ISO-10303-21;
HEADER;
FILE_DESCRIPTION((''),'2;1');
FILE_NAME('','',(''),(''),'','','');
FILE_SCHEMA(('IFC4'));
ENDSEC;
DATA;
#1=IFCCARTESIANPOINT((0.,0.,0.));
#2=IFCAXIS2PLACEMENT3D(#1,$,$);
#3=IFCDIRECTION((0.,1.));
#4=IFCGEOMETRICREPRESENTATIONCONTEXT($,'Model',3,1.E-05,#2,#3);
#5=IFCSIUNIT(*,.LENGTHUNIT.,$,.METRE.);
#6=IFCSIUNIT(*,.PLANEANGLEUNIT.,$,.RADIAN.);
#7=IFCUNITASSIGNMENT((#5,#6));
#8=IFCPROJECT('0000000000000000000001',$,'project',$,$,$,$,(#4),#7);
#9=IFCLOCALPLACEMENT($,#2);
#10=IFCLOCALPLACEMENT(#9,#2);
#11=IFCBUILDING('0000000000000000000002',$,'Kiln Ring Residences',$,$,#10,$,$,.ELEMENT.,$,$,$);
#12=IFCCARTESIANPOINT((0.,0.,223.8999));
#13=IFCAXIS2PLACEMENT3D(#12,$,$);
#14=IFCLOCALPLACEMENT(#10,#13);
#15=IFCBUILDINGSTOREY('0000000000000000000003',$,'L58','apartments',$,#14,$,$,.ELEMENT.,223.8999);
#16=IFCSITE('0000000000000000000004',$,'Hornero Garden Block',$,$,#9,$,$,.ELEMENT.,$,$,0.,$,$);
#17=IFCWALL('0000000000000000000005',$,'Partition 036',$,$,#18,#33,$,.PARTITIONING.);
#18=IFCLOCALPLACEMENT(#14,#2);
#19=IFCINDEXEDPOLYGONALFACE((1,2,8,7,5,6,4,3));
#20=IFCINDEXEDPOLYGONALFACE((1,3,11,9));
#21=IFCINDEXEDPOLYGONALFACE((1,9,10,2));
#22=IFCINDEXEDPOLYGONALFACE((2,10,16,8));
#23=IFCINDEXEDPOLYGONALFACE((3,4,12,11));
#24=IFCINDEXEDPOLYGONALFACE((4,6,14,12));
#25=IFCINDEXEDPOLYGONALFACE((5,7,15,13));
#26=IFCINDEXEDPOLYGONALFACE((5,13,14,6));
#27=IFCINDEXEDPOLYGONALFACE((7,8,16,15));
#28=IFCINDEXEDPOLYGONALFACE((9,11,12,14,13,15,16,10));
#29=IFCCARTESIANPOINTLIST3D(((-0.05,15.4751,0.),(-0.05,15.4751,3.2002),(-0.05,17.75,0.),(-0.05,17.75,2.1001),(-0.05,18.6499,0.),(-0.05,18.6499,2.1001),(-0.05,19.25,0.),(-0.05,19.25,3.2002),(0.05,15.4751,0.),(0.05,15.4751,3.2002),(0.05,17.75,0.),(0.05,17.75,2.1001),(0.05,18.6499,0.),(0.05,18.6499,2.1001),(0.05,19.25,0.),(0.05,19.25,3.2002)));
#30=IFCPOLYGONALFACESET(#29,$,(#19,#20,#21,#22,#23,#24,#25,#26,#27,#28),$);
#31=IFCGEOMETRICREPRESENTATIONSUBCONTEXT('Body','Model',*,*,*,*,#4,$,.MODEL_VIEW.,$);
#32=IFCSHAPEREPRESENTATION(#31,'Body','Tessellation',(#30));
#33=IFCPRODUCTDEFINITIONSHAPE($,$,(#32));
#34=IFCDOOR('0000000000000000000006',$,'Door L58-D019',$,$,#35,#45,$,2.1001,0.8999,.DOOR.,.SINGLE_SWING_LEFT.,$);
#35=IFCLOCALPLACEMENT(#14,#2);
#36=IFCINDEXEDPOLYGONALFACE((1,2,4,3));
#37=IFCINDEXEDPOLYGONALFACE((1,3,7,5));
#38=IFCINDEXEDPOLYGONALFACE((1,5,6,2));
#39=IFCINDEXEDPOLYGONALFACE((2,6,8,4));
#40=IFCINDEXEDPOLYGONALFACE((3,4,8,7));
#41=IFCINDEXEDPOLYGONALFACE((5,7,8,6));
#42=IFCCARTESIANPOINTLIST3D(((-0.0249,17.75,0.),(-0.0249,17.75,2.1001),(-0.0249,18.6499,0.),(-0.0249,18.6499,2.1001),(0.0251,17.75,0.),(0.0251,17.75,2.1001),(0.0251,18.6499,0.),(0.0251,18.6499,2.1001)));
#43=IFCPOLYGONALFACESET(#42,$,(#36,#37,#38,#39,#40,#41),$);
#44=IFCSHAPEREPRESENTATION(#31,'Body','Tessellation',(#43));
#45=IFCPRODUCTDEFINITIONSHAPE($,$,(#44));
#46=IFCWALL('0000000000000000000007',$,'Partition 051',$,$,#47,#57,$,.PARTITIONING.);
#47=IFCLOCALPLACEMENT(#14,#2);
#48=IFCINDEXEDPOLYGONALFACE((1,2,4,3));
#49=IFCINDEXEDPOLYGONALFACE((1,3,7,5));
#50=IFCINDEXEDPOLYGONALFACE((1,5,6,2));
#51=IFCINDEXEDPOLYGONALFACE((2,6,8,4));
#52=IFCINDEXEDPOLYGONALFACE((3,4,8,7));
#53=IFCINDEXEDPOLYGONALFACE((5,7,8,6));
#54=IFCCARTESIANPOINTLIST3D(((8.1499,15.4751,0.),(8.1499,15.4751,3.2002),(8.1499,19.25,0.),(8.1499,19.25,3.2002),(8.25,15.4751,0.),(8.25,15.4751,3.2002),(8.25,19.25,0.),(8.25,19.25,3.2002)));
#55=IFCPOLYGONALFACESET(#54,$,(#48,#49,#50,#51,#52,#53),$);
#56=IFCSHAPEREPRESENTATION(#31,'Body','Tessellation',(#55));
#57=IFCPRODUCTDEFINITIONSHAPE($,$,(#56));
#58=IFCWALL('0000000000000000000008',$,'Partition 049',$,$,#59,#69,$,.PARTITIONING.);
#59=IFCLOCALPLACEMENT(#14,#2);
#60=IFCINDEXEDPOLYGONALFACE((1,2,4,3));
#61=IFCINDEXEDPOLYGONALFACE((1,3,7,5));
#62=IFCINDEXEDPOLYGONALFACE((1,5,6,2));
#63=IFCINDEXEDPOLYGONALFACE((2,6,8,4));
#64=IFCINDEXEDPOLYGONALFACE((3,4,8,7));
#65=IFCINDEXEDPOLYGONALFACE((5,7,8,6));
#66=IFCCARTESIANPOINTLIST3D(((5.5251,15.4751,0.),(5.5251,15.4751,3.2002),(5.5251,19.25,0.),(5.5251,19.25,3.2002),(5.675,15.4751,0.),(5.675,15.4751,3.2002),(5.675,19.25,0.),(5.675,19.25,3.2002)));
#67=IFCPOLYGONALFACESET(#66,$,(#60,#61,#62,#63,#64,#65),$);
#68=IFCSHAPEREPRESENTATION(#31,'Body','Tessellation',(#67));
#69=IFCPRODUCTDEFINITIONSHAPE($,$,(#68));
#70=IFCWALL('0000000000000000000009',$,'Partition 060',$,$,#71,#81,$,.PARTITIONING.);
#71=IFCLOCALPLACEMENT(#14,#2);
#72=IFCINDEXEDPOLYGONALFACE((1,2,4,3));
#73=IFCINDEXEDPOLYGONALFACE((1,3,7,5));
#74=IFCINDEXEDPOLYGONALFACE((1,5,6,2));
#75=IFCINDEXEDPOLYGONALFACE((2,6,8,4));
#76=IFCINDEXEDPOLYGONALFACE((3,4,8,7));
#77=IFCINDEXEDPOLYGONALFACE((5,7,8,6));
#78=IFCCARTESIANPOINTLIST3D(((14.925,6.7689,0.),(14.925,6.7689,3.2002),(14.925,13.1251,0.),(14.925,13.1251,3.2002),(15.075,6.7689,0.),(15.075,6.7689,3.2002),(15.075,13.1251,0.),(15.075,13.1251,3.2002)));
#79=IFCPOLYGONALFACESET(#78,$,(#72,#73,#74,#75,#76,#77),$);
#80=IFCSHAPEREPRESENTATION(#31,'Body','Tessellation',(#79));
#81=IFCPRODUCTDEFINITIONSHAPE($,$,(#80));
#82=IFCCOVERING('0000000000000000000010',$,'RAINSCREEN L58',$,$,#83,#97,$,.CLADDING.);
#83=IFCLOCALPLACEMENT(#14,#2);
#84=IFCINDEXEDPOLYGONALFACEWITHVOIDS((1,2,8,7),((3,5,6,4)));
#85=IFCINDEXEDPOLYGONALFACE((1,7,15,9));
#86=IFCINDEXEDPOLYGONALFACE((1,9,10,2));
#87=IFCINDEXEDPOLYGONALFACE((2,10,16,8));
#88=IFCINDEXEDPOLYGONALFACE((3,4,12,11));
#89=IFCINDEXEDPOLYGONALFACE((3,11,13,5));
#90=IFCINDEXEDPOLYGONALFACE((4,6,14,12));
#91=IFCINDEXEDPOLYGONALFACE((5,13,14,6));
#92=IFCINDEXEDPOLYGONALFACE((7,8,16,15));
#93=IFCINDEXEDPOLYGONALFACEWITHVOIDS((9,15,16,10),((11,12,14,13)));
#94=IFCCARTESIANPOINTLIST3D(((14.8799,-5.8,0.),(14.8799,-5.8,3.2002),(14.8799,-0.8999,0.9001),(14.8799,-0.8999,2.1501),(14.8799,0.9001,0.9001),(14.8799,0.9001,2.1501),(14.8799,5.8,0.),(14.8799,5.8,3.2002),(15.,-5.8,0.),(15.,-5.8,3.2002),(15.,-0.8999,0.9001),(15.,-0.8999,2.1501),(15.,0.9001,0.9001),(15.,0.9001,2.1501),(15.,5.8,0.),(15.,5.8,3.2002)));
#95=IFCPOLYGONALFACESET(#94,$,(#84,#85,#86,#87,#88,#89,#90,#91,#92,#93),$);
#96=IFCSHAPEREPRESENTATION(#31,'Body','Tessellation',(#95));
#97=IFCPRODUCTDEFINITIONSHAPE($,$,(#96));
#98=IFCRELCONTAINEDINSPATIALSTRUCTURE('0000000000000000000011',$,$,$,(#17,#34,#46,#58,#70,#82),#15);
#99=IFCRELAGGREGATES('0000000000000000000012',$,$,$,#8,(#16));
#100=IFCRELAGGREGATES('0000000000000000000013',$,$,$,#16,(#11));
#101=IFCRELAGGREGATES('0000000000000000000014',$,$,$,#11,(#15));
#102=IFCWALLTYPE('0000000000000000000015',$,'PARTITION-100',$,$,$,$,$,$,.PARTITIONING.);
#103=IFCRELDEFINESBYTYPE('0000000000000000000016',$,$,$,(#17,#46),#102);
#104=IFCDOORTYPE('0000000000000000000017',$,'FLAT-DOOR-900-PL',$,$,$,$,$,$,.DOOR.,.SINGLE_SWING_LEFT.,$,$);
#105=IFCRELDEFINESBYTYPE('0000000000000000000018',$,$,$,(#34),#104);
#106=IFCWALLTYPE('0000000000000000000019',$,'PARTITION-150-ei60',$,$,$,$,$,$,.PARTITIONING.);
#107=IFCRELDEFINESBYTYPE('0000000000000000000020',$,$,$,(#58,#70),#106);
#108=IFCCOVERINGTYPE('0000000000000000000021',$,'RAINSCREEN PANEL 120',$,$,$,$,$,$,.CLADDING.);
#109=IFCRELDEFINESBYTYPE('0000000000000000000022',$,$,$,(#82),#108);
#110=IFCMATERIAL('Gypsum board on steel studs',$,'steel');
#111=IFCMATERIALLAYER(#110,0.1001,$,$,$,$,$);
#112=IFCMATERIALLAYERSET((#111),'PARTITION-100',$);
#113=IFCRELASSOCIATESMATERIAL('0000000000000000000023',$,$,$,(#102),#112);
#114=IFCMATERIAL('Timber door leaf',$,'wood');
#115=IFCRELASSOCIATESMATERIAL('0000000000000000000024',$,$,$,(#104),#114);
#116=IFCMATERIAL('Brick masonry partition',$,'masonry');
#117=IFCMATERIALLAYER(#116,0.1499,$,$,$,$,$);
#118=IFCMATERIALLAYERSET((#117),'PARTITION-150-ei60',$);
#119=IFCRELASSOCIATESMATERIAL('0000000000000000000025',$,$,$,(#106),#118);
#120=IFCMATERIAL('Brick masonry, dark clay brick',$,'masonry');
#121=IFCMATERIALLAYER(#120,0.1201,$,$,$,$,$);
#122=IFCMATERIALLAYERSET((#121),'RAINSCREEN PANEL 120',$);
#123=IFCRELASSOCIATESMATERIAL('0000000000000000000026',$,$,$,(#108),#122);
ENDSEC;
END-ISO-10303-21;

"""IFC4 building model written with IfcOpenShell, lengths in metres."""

from ifc_helpers import new_model, si_unit, direction, frame, frame_2d, origin, place, context, subcontext, project, spatial, polyline, rectangle, outline, extrude, material, layer, layer_set, type_object, element, fill, save


model = new_model("IFC4")

# Units and contexts
model_context = context("Model", 3, precision=1e-05, world=origin(), true_north=direction((0.0, 1.0)))
body_context = subcontext(model_context, "Body", "Model", "MODEL_VIEW")
ifc_project = project(units=[si_unit("LENGTHUNIT", "METRE"), si_unit("PLANEANGLEUNIT", "RADIAN")], contexts=[model_context])

# Site, building, storey
site_placement = place(None, origin())
site = spatial("IfcSite", under=ifc_project, at=site_placement, Name="Hornero Garden Block", CompositionType="ELEMENT", RefElevation=0.0)
building_placement = place(site_placement, origin())
building = spatial("IfcBuilding", under=site, at=building_placement, Name="Kiln Ring Residences", CompositionType="ELEMENT")
storey_placement = place(building_placement, frame((0.0, 0.0, 223.8999)))
storey = spatial("IfcBuildingStorey", under=building, at=storey_placement, Name="L58", Description="apartments", CompositionType="ELEMENT", Elevation=223.8999)

# Shared definitions
ifc_material_1 = material(Name="Gypsum board on steel studs", Category="steel")
ifc_layer_1 = layer(ifc_material_1, 0.1001)
ifc_layer_set_1 = layer_set([ifc_layer_1], Name="PARTITION-100")
wall_type_1 = type_object("IfcWallType", Name="PARTITION-100", PredefinedType="PARTITIONING", material=ifc_layer_set_1)

# Wall, opening, door
wall_1_placement = place(storey_placement, frame((0.0, 15.4751, 0.0), z_axis=(0.0, 0.0, 1.0), x_axis=(0.0, 1.0, 0.0)))
wall_1 = element("IfcWall", 1, at=wall_1_placement, inside=storey, type_object=wall_type_1, Name="Partition 036", PredefinedType="PARTITIONING", context=body_context, shape_type="SweptSolid", body=[
    extrude(rectangle(XDim=3.7749, YDim=0.1001, at=frame_2d((1.8875, 0.0))), origin(), (0.0, 0.0, 1.0), 3.2002),
])
opening_placement = place(wall_1_placement, frame((2.2749, 0.0, 0.0)))
opening = element("IfcOpeningElement", 2, at=opening_placement, cuts=wall_1, PredefinedType="OPENING", context=body_context, shape_type="SweptSolid", body=[
    extrude(rectangle(XDim=0.8999, YDim=2.1001, at=frame_2d((0.45, 1.05))), frame((0.0, 0.0601, 0.0), z_axis=(0.0, -1.0, 0.0), x_axis=(1.0, 0.0, 0.0)), (0.0, 0.0, 1.0), 0.1201),
])
ifc_material_2 = material(Name="Timber door leaf", Category="wood")
door_type = type_object("IfcDoorType", Name="FLAT-DOOR-900-PL", OperationType="SINGLE_SWING_LEFT", PredefinedType="DOOR", material=ifc_material_2)
door_placement = place(opening_placement, origin())
door = element("IfcDoor", 3, at=door_placement, inside=storey, type_object=door_type, Name="Door L58-D019", OperationType="SINGLE_SWING_LEFT", OverallHeight=2.1001, OverallWidth=0.8999, PredefinedType="DOOR", context=body_context, shape_type="SweptSolid", body=[
    extrude(rectangle(XDim=0.8999, YDim=2.1001, at=frame_2d((0.45, 1.05))), frame((0.0, 0.0249, 0.0), z_axis=(0.0, -1.0, 0.0), x_axis=(1.0, 0.0, 0.0)), (0.0, 0.0, 1.0), 0.05),
])
fill(opening, door)

# Walls
wall_2_placement = place(storey_placement, frame((8.2, 15.4751, 0.0), z_axis=(0.0, 0.0, 1.0), x_axis=(0.0, 1.0, 0.0)))
element("IfcWall", 4, at=wall_2_placement, inside=storey, type_object=wall_type_1, Name="Partition 051", PredefinedType="PARTITIONING", context=body_context, shape_type="SweptSolid", body=[
    extrude(rectangle(XDim=3.7749, YDim=0.1001, at=frame_2d((1.8875, 0.0))), origin(), (0.0, 0.0, 1.0), 3.2002),
])
ifc_material_3 = material(Name="Brick masonry partition", Category="masonry")
ifc_layer_2 = layer(ifc_material_3, 0.1499)
ifc_layer_set_2 = layer_set([ifc_layer_2], Name="PARTITION-150-ei60")
wall_type_2 = type_object("IfcWallType", Name="PARTITION-150-ei60", PredefinedType="PARTITIONING", material=ifc_layer_set_2)
wall_3_placement = place(storey_placement, frame((5.6001, 15.4751, 0.0), z_axis=(0.0, 0.0, 1.0), x_axis=(0.0, 1.0, 0.0)))
element("IfcWall", 5, at=wall_3_placement, inside=storey, type_object=wall_type_2, Name="Partition 049", PredefinedType="PARTITIONING", context=body_context, shape_type="SweptSolid", body=[
    extrude(rectangle(XDim=3.7749, YDim=0.1499, at=frame_2d((1.8875, 0.0))), origin(), (0.0, 0.0, 1.0), 3.2002),
])
wall_4_placement = place(storey_placement, frame((15.0, 6.7688, 0.0), z_axis=(0.0, 0.0, 1.0), x_axis=(0.0, 1.0, 0.0)))
element("IfcWall", 6, at=wall_4_placement, inside=storey, type_object=wall_type_2, Name="Partition 060", PredefinedType="PARTITIONING", context=body_context, shape_type="SweptSolid", body=[
    extrude(rectangle(XDim=6.3562, YDim=0.1499, at=frame_2d((3.1782, 0.0))), origin(), (0.0, 0.0, 1.0), 3.2002),
])

# Covering
ifc_material_4 = material(Name="Brick masonry, dark clay brick", Category="masonry")
ifc_layer_3 = layer(ifc_material_4, 0.1201)
ifc_layer_set_3 = layer_set([ifc_layer_3], Name="RAINSCREEN PANEL 120")
covering_type = type_object("IfcCoveringType", Name="RAINSCREEN PANEL 120", PredefinedType="CLADDING", material=ifc_layer_set_3)
covering_placement = place(storey_placement, frame((14.9399, 5.8, 0.0), z_axis=(0.0, 0.0, 1.0), x_axis=(0.0, -1.0, 0.0)))
element("IfcCovering", 7, at=covering_placement, inside=storey, type_object=covering_type, Name="RAINSCREEN L58", PredefinedType="CLADDING", context=body_context, shape_type="SweptSolid", body=[
    extrude(outline(polyline([(0.0, 0.0), (11.6001, 0.0), (11.6001, 3.2002), (0.0, 3.2002), (0.0, 0.0)]), holes=[polyline([(4.8999, 2.1501), (4.8999, 0.9001), (6.7, 0.9001), (6.7, 2.1501), (4.8999, 2.1501)])]), frame((0.0, 0.0601, 0.0), z_axis=(0.0, -1.0, 0.0), x_axis=(1.0, 0.0, 0.0)), (0.0, 0.0, 1.0), 0.1201),
])

save(model, "model.ifc")
